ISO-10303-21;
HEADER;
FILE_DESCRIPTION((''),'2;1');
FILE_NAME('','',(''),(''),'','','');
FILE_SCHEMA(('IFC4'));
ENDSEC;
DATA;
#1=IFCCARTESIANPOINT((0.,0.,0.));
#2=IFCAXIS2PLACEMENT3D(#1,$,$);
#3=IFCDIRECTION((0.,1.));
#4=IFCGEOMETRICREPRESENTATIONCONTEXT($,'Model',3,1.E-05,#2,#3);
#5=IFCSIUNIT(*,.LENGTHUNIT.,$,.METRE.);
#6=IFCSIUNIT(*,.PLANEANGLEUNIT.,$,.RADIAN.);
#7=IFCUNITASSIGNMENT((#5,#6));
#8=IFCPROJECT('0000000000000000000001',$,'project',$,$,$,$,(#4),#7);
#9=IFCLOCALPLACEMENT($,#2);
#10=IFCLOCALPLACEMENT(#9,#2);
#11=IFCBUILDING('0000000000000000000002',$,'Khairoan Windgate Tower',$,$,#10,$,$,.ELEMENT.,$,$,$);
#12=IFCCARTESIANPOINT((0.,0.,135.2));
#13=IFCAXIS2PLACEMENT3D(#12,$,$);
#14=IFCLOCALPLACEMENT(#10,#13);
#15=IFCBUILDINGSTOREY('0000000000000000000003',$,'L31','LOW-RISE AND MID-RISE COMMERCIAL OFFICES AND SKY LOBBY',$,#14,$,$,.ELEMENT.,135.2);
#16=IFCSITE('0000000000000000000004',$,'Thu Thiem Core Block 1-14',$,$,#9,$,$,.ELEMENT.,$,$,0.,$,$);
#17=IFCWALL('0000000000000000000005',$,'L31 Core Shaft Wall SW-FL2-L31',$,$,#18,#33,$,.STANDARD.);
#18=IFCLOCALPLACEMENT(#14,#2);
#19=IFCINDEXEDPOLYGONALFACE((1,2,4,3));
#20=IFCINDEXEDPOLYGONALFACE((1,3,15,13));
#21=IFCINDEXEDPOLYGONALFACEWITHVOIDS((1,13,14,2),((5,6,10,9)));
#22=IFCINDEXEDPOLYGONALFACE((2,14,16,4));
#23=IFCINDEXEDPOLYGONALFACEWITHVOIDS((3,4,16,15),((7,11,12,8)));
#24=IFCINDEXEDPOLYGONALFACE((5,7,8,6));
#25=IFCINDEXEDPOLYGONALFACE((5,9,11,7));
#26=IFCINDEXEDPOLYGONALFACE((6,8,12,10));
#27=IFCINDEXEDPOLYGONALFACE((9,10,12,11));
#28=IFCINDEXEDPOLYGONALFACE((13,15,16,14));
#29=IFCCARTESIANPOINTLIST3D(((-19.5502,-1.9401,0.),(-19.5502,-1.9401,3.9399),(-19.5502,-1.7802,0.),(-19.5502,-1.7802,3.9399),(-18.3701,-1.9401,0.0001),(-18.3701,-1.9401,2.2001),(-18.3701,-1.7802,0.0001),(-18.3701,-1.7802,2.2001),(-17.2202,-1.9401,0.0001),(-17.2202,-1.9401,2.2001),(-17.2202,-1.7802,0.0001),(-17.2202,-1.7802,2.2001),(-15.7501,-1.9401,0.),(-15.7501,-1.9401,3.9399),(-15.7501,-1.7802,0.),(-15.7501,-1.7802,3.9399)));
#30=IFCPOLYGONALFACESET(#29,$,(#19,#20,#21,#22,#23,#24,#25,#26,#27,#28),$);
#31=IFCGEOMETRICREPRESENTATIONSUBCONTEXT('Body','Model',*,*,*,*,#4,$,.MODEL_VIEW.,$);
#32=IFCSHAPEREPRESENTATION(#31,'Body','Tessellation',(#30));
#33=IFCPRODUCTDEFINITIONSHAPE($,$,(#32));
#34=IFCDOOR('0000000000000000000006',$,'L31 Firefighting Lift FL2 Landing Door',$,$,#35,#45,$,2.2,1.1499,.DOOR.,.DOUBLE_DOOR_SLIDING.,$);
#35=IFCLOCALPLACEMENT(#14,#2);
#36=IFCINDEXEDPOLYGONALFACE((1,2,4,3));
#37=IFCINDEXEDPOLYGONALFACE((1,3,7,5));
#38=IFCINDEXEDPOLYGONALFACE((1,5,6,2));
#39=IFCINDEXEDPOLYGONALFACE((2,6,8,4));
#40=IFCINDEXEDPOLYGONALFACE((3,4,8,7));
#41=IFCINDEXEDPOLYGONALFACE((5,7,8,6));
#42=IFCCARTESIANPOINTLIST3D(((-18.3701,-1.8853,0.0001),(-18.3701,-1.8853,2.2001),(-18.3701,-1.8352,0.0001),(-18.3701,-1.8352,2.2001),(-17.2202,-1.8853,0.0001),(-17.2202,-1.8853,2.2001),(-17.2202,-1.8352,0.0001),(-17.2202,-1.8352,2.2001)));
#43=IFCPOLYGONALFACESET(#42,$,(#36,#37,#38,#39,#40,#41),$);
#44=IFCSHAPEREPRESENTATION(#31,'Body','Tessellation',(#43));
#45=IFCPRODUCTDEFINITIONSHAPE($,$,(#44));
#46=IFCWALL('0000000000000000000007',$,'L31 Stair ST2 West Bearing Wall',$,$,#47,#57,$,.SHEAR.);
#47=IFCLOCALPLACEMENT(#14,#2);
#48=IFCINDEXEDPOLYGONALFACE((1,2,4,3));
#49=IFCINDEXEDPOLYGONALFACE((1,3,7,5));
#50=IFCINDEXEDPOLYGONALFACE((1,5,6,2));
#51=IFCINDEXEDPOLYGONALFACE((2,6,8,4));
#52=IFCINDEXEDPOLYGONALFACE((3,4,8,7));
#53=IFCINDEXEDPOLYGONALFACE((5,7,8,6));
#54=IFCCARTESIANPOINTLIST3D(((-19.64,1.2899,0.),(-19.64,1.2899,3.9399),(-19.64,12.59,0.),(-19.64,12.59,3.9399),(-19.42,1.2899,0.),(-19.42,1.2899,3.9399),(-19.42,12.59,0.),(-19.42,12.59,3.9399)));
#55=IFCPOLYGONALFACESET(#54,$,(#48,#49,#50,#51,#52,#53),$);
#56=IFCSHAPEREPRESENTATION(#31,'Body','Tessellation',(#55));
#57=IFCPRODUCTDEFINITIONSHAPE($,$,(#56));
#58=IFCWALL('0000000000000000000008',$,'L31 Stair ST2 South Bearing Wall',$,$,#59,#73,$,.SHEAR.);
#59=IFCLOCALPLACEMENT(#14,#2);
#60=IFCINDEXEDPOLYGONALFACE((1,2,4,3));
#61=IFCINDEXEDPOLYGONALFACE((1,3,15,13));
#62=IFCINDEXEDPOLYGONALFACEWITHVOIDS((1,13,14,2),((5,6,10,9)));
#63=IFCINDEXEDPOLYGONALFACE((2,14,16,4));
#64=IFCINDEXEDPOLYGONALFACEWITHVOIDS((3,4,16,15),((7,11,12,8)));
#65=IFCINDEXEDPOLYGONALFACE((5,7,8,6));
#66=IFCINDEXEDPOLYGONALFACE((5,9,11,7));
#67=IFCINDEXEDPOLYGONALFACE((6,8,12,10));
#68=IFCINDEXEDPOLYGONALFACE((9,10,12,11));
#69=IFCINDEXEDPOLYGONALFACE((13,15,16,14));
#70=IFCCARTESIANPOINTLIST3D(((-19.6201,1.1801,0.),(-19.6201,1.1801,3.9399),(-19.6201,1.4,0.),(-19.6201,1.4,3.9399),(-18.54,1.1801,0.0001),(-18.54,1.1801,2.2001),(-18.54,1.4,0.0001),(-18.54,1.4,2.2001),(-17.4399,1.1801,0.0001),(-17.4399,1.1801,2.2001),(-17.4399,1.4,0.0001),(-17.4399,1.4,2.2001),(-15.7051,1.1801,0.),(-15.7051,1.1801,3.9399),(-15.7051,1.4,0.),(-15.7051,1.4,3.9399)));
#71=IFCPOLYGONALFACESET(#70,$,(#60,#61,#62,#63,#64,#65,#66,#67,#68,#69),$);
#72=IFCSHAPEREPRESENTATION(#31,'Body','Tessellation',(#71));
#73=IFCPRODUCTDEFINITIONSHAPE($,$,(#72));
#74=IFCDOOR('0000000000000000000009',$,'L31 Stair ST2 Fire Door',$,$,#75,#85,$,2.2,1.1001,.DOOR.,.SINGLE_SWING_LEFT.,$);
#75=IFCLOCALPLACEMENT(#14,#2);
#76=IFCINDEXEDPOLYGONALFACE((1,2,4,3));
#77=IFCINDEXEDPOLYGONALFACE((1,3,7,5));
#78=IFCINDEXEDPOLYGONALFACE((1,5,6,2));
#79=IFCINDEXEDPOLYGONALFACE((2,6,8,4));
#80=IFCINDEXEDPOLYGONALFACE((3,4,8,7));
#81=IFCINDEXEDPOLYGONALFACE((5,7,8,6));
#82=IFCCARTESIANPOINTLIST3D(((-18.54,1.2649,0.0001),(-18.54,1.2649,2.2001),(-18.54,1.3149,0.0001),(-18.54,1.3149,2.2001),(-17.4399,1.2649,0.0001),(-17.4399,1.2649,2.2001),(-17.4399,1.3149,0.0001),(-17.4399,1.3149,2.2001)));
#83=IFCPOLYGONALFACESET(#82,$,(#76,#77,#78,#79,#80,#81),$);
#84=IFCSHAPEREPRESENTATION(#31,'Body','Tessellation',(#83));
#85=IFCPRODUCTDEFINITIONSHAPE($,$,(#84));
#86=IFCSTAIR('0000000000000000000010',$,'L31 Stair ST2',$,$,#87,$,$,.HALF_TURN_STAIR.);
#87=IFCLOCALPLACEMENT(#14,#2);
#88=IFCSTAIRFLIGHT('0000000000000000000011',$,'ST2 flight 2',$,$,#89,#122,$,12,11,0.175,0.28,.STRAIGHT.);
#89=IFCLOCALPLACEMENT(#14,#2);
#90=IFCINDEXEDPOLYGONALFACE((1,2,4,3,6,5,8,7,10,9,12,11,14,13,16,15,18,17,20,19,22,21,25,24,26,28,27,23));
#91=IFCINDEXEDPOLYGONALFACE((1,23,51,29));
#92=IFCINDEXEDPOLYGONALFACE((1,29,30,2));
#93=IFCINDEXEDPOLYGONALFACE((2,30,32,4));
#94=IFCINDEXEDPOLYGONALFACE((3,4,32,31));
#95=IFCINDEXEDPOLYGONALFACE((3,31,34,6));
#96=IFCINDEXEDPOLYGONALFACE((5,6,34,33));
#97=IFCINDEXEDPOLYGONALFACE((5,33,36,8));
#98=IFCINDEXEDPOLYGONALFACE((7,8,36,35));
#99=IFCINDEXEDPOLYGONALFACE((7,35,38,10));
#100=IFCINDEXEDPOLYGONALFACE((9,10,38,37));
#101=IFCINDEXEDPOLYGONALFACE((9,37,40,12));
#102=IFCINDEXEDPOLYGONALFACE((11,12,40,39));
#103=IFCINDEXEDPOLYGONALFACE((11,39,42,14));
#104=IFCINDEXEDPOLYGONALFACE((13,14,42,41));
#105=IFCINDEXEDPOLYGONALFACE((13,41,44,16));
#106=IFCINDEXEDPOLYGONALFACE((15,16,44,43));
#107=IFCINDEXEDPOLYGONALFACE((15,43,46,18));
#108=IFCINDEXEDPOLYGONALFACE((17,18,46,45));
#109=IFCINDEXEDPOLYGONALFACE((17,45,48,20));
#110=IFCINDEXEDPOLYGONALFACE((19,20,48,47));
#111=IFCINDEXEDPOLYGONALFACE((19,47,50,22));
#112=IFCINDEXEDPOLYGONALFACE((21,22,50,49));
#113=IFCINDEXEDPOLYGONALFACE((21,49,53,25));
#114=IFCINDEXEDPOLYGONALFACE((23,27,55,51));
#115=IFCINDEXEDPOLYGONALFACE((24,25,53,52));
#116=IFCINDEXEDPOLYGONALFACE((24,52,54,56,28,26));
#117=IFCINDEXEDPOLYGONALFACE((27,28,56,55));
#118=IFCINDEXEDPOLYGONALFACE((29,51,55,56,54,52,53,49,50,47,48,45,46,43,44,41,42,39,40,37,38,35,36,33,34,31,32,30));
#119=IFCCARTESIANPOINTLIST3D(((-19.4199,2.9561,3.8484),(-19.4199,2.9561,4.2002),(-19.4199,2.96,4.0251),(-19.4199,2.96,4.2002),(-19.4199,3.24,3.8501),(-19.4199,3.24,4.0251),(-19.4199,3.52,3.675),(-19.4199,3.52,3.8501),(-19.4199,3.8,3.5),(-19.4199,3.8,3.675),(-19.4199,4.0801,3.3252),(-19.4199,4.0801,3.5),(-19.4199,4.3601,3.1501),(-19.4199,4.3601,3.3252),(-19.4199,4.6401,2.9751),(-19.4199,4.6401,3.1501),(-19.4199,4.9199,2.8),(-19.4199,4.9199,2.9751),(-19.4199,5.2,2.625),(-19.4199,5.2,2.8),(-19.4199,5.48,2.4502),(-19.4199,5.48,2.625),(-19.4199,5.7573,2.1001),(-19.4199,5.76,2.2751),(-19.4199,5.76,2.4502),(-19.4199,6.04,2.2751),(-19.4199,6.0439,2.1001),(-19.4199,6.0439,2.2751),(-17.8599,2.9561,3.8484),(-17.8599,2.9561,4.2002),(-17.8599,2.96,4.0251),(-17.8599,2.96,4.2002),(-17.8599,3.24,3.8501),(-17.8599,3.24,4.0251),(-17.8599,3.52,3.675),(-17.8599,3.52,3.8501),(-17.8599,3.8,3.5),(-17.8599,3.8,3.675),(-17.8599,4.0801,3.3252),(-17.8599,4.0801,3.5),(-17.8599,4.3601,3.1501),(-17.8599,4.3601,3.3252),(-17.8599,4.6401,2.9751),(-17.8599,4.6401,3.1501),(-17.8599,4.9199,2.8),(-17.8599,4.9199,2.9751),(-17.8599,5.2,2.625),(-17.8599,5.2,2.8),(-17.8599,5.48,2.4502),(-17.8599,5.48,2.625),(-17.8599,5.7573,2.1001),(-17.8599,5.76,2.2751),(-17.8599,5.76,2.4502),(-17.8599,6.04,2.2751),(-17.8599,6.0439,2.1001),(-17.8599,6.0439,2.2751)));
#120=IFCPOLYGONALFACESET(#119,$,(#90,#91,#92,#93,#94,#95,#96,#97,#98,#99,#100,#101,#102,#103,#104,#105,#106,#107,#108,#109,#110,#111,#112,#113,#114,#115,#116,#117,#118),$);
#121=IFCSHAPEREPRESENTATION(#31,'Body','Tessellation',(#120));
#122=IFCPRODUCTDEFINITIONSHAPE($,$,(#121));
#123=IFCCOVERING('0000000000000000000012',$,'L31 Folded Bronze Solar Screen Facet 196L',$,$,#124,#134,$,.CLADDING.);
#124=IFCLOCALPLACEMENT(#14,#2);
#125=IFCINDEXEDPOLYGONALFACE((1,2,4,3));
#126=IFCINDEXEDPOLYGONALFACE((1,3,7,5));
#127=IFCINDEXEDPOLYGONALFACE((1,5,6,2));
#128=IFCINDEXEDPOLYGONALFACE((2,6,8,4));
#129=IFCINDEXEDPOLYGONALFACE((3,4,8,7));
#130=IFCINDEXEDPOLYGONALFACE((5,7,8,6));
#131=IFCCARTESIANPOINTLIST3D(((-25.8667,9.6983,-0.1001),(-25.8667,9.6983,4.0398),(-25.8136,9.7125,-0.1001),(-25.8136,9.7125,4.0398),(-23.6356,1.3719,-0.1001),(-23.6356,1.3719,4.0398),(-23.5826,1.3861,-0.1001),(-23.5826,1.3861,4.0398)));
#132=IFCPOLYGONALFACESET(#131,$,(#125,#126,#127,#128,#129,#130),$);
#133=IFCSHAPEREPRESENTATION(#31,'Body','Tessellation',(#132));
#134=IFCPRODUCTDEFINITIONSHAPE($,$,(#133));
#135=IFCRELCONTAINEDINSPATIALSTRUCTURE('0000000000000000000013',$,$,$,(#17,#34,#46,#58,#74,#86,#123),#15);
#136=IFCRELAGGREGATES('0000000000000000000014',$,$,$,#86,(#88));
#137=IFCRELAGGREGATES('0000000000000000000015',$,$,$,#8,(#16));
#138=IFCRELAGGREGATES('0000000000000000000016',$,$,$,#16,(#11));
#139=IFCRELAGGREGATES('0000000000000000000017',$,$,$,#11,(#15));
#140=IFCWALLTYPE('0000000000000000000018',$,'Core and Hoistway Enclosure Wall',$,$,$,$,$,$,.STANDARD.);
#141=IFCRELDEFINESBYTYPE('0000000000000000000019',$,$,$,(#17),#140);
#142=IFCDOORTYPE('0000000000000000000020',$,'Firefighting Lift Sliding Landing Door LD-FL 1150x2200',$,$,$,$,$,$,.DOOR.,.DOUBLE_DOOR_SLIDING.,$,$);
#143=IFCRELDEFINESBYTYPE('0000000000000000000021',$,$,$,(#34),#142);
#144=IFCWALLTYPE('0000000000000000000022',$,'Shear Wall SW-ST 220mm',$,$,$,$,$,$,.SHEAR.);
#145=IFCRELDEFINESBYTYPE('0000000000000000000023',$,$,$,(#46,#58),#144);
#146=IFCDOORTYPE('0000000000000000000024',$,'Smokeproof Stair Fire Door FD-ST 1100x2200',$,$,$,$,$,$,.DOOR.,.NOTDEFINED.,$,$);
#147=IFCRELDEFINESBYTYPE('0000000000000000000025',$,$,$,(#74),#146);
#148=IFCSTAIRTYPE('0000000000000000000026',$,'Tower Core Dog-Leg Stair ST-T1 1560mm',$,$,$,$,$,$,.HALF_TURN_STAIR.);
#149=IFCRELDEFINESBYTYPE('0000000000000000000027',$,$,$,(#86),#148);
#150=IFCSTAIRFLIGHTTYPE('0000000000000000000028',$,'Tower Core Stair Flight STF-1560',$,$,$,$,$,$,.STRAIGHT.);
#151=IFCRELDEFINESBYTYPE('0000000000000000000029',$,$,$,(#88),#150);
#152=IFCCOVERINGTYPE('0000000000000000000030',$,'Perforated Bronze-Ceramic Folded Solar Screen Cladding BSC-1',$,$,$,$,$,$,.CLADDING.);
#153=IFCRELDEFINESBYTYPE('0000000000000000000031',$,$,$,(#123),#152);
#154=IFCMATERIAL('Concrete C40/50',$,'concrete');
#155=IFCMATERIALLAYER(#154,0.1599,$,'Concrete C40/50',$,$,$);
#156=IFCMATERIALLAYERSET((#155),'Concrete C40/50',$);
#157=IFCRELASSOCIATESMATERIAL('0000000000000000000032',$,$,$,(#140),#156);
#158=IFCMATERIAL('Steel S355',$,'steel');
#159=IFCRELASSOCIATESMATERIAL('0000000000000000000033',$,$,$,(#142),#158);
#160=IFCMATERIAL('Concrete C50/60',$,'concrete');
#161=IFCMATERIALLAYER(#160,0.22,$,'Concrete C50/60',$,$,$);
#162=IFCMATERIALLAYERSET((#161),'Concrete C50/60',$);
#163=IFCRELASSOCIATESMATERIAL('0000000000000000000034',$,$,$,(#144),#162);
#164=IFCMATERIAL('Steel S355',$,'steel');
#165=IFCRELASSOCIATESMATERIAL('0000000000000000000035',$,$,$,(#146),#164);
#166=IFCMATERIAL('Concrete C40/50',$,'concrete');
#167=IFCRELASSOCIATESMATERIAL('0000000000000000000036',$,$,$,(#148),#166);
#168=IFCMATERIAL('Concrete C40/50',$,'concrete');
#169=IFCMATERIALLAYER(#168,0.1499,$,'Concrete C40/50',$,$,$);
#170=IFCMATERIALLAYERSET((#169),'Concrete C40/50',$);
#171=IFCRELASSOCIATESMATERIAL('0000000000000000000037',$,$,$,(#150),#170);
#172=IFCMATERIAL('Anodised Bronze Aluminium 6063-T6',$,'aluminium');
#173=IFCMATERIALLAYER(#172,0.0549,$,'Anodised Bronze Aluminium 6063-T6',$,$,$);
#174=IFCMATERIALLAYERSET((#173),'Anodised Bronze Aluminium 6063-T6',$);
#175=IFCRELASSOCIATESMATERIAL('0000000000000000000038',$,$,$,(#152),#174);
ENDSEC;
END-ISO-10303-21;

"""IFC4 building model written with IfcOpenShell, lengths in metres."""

from ifc_helpers import new_model, si_unit, direction, frame, frame_2d, origin, origin_2d, place, context, subcontext, project, spatial, polyline, rectangle, outline, extrude, material, layer, layer_set, type_object, element, fill, aggregate, save


model = new_model("IFC4")

# Units and contexts
model_context = context("Model", 3, precision=1e-05, world=origin(), true_north=direction((0.0, 1.0)))
body_context = subcontext(model_context, "Body", "Model", "MODEL_VIEW")
ifc_project = project(units=[si_unit("LENGTHUNIT", "METRE"), si_unit("PLANEANGLEUNIT", "RADIAN")], contexts=[model_context])

# Site, building, storey
site_placement = place(None, origin())
site = spatial("IfcSite", under=ifc_project, at=site_placement, Name="Thu Thiem Core Block 1-14", CompositionType="ELEMENT", RefElevation=0.0)
building_placement = place(site_placement, origin())
building = spatial("IfcBuilding", under=site, at=building_placement, Name="Khairoan Windgate Tower", CompositionType="ELEMENT")
storey_placement = place(building_placement, frame((0.0, 0.0, 135.2)))
storey = spatial("IfcBuildingStorey", under=building, at=storey_placement, Name="L31", Description="LOW-RISE AND MID-RISE COMMERCIAL OFFICES AND SKY LOBBY", CompositionType="ELEMENT", Elevation=135.2)

# Wall, opening, door
ifc_material_1 = material(Name="Concrete C40/50", Category="concrete")
ifc_layer_1 = layer(ifc_material_1, 0.1599, Name="Concrete C40/50")
ifc_layer_set_1 = layer_set([ifc_layer_1], Name="Concrete C40/50")
wall_type_1 = type_object("IfcWallType", Name="Core and Hoistway Enclosure Wall", PredefinedType="STANDARD", material=ifc_layer_set_1)
wall_1_placement = place(storey_placement, frame((-19.55, -1.8601, 0.0), z_axis=(0.0, 0.0, 1.0), x_axis=(1.0, 0.0, 0.0)))
wall_1 = element("IfcWall", 1, at=wall_1_placement, inside=storey, type_object=wall_type_1, Name="L31 Core Shaft Wall SW-FL2-L31", PredefinedType="STANDARD", context=body_context, shape_type="SweptSolid", body=[
    extrude(rectangle(XDim=3.8, YDim=0.1599, at=frame_2d((1.8999, 0.0))), origin(), (0.0, 0.0, 1.0), 3.9399),
])
opening_1_placement = place(wall_1_placement, frame((1.1799, 0.0, 0.0)))
opening_1 = element("IfcOpeningElement", 2, at=opening_1_placement, cuts=wall_1, PredefinedType="OPENING", context=body_context, shape_type="SweptSolid", body=[
    extrude(rectangle(XDim=1.1499, YDim=2.2, at=frame_2d((0.575, 1.1001))), frame((0.0, 0.0898, 0.0), z_axis=(0.0, -1.0, 0.0), x_axis=(1.0, 0.0, 0.0)), (0.0, 0.0, 1.0), 0.1799),
])
ifc_material_2 = material(Name="Steel S355", Category="steel")
door_type_1 = type_object("IfcDoorType", Name="Firefighting Lift Sliding Landing Door LD-FL 1150x2200", OperationType="DOUBLE_DOOR_SLIDING", PredefinedType="DOOR", material=ifc_material_2)
door_1_placement = place(opening_1_placement, origin())
door_1 = element("IfcDoor", 3, at=door_1_placement, inside=storey, type_object=door_type_1, Name="L31 Firefighting Lift FL2 Landing Door", OperationType="DOUBLE_DOOR_SLIDING", OverallHeight=2.2, OverallWidth=1.1499, PredefinedType="DOOR", context=body_context, shape_type="SweptSolid", body=[
    extrude(rectangle(XDim=1.1499, YDim=2.2, at=frame_2d((0.575, 1.1001))), frame((0.0, 0.0249, 0.0), z_axis=(0.0, -1.0, 0.0), x_axis=(1.0, 0.0, 0.0)), (0.0, 0.0, 1.0), 0.05),
])
fill(opening_1, door_1)

# Wall
ifc_material_3 = material(Name="Concrete C50/60", Category="concrete")
ifc_layer_2 = layer(ifc_material_3, 0.22, Name="Concrete C50/60")
ifc_layer_set_2 = layer_set([ifc_layer_2], Name="Concrete C50/60")
wall_type_2 = type_object("IfcWallType", Name="Shear Wall SW-ST 220mm", PredefinedType="SHEAR", material=ifc_layer_set_2)
wall_2_placement = place(storey_placement, frame((-19.53, 1.29, 0.0), z_axis=(0.0, 0.0, 1.0), x_axis=(0.0, 1.0, 0.0)))
element("IfcWall", 4, at=wall_2_placement, inside=storey, type_object=wall_type_2, Name="L31 Stair ST2 West Bearing Wall", PredefinedType="SHEAR", context=body_context, shape_type="SweptSolid", body=[
    extrude(rectangle(XDim=11.3, YDim=0.22, at=frame_2d((5.6499, 0.0))), origin(), (0.0, 0.0, 1.0), 3.9399),
])

# Wall, opening, door
wall_3_placement = place(storey_placement, frame((-19.6201, 1.29, 0.0), z_axis=(0.0, 0.0, 1.0), x_axis=(1.0, 0.0, 0.0)))
wall_3 = element("IfcWall", 5, at=wall_3_placement, inside=storey, type_object=wall_type_2, Name="L31 Stair ST2 South Bearing Wall", PredefinedType="SHEAR", context=body_context, shape_type="SweptSolid", body=[
    extrude(rectangle(XDim=3.915, YDim=0.22, at=frame_2d((1.9575, 0.0))), origin(), (0.0, 0.0, 1.0), 3.9399),
])
opening_2_placement = place(wall_3_placement, frame((1.0801, 0.0, 0.0)))
opening_2 = element("IfcOpeningElement", 6, at=opening_2_placement, cuts=wall_3, PredefinedType="OPENING", context=body_context, shape_type="SweptSolid", body=[
    extrude(rectangle(XDim=1.1001, YDim=2.2, at=frame_2d((0.55, 1.1001))), frame((0.0, 0.1199, 0.0), z_axis=(0.0, -1.0, 0.0), x_axis=(1.0, 0.0, 0.0)), (0.0, 0.0, 1.0), 0.24),
])
ifc_material_4 = material(Name="Steel S355", Category="steel")
door_type_2 = type_object("IfcDoorType", Name="Smokeproof Stair Fire Door FD-ST 1100x2200", OperationType="NOTDEFINED", PredefinedType="DOOR", material=ifc_material_4)
door_2_placement = place(opening_2_placement, origin())
door_2 = element("IfcDoor", 7, at=door_2_placement, inside=storey, type_object=door_type_2, Name="L31 Stair ST2 Fire Door", OperationType="SINGLE_SWING_LEFT", OverallHeight=2.2, OverallWidth=1.1001, PredefinedType="DOOR", context=body_context, shape_type="SweptSolid", body=[
    extrude(rectangle(XDim=1.1001, YDim=2.2, at=frame_2d((0.55, 1.1001))), frame((0.0, 0.0249, 0.0), z_axis=(0.0, -1.0, 0.0), x_axis=(1.0, 0.0, 0.0)), (0.0, 0.0, 1.0), 0.05),
])
fill(opening_2, door_2)

# Stair, stair flight
ifc_material_5 = material(Name="Concrete C40/50", Category="concrete")
stair_type = type_object("IfcStairType", Name="Tower Core Dog-Leg Stair ST-T1 1560mm", PredefinedType="HALF_TURN_STAIR", material=ifc_material_5)
stair_placement = place(storey_placement, origin())
stair = element("IfcStair", 8, at=stair_placement, inside=storey, type_object=stair_type, Name="L31 Stair ST2", PredefinedType="HALF_TURN_STAIR")
ifc_material_6 = material(Name="Concrete C40/50", Category="concrete")
ifc_layer_3 = layer(ifc_material_6, 0.1499, Name="Concrete C40/50")
ifc_layer_set_3 = layer_set([ifc_layer_3], Name="Concrete C40/50")
stair_flight_type = type_object("IfcStairFlightType", Name="Tower Core Stair Flight STF-1560", PredefinedType="STRAIGHT", material=ifc_layer_set_3)
stair_flight_placement = place(storey_placement, frame((-18.6399, 6.04, 2.1001), z_axis=(0.0, 0.0, 1.0), x_axis=(0.0, -1.0, 0.0)))
stair_flight = element("IfcStairFlight", 9, at=stair_flight_placement, type_object=stair_flight_type, Name="ST2 flight 2", NumberOfRisers=12, NumberOfTreads=11, PredefinedType="STRAIGHT", RiserHeight=0.175, TreadLength=0.28, context=body_context, shape_type="SweptSolid", body=[
    extrude(outline(polyline([(-0.0039, 0.0), (-0.0039, 0.175), (0.0, 0.175), (0.28, 0.175), (0.28, 0.3501), (0.5601, 0.3501), (0.5601, 0.5249), (0.8401, 0.5249), (0.8401, 0.7), (1.1201, 0.7), (1.1201, 0.875), (1.3999, 0.875), (1.3999, 1.05), (1.6799, 1.05), (1.6799, 1.2251), (1.96, 1.2251), (1.96, 1.3999), (2.24, 1.3999), (2.24, 1.575), (2.52, 1.575), (2.52, 1.75), (2.8, 1.75), (2.8, 1.925), (3.0801, 1.925), (3.0801, 2.1001), (3.084, 2.1001), (3.084, 1.7483), (0.2827, 0.0), (-0.0039, 0.0)])), frame((0.0, 0.78, 0.0), z_axis=(0.0, -1.0, 0.0), x_axis=(1.0, 0.0, 0.0)), (0.0, 0.0, 1.0), 1.5601),
])
aggregate(stair, [stair_flight])

# Covering
ifc_material_7 = material(Name="Anodised Bronze Aluminium 6063-T6", Category="aluminium")
ifc_layer_4 = layer(ifc_material_7, 0.0549, Name="Anodised Bronze Aluminium 6063-T6")
ifc_layer_set_4 = layer_set([ifc_layer_4], Name="Anodised Bronze Aluminium 6063-T6")
covering_type = type_object("IfcCoveringType", Name="Perforated Bronze-Ceramic Folded Solar Screen Cladding BSC-1", PredefinedType="CLADDING", material=ifc_layer_set_4)
covering_placement = place(storey_placement, frame((-24.7246, 5.5422, -0.1001), z_axis=(0.0, 0.0, 1.0), x_axis=(-0.258819, 0.965926, 0.0)))
element("IfcCovering", 10, at=covering_placement, inside=storey, type_object=covering_type, Name="L31 Folded Bronze Solar Screen Facet 196L", PredefinedType="CLADDING", context=body_context, shape_type="SweptSolid", body=[
    extrude(rectangle(XDim=8.6201, YDim=0.0549, at=origin_2d()), origin(), (0.0, 0.0, 1.0), 4.1399),
])

save(model, "model.ifc")
